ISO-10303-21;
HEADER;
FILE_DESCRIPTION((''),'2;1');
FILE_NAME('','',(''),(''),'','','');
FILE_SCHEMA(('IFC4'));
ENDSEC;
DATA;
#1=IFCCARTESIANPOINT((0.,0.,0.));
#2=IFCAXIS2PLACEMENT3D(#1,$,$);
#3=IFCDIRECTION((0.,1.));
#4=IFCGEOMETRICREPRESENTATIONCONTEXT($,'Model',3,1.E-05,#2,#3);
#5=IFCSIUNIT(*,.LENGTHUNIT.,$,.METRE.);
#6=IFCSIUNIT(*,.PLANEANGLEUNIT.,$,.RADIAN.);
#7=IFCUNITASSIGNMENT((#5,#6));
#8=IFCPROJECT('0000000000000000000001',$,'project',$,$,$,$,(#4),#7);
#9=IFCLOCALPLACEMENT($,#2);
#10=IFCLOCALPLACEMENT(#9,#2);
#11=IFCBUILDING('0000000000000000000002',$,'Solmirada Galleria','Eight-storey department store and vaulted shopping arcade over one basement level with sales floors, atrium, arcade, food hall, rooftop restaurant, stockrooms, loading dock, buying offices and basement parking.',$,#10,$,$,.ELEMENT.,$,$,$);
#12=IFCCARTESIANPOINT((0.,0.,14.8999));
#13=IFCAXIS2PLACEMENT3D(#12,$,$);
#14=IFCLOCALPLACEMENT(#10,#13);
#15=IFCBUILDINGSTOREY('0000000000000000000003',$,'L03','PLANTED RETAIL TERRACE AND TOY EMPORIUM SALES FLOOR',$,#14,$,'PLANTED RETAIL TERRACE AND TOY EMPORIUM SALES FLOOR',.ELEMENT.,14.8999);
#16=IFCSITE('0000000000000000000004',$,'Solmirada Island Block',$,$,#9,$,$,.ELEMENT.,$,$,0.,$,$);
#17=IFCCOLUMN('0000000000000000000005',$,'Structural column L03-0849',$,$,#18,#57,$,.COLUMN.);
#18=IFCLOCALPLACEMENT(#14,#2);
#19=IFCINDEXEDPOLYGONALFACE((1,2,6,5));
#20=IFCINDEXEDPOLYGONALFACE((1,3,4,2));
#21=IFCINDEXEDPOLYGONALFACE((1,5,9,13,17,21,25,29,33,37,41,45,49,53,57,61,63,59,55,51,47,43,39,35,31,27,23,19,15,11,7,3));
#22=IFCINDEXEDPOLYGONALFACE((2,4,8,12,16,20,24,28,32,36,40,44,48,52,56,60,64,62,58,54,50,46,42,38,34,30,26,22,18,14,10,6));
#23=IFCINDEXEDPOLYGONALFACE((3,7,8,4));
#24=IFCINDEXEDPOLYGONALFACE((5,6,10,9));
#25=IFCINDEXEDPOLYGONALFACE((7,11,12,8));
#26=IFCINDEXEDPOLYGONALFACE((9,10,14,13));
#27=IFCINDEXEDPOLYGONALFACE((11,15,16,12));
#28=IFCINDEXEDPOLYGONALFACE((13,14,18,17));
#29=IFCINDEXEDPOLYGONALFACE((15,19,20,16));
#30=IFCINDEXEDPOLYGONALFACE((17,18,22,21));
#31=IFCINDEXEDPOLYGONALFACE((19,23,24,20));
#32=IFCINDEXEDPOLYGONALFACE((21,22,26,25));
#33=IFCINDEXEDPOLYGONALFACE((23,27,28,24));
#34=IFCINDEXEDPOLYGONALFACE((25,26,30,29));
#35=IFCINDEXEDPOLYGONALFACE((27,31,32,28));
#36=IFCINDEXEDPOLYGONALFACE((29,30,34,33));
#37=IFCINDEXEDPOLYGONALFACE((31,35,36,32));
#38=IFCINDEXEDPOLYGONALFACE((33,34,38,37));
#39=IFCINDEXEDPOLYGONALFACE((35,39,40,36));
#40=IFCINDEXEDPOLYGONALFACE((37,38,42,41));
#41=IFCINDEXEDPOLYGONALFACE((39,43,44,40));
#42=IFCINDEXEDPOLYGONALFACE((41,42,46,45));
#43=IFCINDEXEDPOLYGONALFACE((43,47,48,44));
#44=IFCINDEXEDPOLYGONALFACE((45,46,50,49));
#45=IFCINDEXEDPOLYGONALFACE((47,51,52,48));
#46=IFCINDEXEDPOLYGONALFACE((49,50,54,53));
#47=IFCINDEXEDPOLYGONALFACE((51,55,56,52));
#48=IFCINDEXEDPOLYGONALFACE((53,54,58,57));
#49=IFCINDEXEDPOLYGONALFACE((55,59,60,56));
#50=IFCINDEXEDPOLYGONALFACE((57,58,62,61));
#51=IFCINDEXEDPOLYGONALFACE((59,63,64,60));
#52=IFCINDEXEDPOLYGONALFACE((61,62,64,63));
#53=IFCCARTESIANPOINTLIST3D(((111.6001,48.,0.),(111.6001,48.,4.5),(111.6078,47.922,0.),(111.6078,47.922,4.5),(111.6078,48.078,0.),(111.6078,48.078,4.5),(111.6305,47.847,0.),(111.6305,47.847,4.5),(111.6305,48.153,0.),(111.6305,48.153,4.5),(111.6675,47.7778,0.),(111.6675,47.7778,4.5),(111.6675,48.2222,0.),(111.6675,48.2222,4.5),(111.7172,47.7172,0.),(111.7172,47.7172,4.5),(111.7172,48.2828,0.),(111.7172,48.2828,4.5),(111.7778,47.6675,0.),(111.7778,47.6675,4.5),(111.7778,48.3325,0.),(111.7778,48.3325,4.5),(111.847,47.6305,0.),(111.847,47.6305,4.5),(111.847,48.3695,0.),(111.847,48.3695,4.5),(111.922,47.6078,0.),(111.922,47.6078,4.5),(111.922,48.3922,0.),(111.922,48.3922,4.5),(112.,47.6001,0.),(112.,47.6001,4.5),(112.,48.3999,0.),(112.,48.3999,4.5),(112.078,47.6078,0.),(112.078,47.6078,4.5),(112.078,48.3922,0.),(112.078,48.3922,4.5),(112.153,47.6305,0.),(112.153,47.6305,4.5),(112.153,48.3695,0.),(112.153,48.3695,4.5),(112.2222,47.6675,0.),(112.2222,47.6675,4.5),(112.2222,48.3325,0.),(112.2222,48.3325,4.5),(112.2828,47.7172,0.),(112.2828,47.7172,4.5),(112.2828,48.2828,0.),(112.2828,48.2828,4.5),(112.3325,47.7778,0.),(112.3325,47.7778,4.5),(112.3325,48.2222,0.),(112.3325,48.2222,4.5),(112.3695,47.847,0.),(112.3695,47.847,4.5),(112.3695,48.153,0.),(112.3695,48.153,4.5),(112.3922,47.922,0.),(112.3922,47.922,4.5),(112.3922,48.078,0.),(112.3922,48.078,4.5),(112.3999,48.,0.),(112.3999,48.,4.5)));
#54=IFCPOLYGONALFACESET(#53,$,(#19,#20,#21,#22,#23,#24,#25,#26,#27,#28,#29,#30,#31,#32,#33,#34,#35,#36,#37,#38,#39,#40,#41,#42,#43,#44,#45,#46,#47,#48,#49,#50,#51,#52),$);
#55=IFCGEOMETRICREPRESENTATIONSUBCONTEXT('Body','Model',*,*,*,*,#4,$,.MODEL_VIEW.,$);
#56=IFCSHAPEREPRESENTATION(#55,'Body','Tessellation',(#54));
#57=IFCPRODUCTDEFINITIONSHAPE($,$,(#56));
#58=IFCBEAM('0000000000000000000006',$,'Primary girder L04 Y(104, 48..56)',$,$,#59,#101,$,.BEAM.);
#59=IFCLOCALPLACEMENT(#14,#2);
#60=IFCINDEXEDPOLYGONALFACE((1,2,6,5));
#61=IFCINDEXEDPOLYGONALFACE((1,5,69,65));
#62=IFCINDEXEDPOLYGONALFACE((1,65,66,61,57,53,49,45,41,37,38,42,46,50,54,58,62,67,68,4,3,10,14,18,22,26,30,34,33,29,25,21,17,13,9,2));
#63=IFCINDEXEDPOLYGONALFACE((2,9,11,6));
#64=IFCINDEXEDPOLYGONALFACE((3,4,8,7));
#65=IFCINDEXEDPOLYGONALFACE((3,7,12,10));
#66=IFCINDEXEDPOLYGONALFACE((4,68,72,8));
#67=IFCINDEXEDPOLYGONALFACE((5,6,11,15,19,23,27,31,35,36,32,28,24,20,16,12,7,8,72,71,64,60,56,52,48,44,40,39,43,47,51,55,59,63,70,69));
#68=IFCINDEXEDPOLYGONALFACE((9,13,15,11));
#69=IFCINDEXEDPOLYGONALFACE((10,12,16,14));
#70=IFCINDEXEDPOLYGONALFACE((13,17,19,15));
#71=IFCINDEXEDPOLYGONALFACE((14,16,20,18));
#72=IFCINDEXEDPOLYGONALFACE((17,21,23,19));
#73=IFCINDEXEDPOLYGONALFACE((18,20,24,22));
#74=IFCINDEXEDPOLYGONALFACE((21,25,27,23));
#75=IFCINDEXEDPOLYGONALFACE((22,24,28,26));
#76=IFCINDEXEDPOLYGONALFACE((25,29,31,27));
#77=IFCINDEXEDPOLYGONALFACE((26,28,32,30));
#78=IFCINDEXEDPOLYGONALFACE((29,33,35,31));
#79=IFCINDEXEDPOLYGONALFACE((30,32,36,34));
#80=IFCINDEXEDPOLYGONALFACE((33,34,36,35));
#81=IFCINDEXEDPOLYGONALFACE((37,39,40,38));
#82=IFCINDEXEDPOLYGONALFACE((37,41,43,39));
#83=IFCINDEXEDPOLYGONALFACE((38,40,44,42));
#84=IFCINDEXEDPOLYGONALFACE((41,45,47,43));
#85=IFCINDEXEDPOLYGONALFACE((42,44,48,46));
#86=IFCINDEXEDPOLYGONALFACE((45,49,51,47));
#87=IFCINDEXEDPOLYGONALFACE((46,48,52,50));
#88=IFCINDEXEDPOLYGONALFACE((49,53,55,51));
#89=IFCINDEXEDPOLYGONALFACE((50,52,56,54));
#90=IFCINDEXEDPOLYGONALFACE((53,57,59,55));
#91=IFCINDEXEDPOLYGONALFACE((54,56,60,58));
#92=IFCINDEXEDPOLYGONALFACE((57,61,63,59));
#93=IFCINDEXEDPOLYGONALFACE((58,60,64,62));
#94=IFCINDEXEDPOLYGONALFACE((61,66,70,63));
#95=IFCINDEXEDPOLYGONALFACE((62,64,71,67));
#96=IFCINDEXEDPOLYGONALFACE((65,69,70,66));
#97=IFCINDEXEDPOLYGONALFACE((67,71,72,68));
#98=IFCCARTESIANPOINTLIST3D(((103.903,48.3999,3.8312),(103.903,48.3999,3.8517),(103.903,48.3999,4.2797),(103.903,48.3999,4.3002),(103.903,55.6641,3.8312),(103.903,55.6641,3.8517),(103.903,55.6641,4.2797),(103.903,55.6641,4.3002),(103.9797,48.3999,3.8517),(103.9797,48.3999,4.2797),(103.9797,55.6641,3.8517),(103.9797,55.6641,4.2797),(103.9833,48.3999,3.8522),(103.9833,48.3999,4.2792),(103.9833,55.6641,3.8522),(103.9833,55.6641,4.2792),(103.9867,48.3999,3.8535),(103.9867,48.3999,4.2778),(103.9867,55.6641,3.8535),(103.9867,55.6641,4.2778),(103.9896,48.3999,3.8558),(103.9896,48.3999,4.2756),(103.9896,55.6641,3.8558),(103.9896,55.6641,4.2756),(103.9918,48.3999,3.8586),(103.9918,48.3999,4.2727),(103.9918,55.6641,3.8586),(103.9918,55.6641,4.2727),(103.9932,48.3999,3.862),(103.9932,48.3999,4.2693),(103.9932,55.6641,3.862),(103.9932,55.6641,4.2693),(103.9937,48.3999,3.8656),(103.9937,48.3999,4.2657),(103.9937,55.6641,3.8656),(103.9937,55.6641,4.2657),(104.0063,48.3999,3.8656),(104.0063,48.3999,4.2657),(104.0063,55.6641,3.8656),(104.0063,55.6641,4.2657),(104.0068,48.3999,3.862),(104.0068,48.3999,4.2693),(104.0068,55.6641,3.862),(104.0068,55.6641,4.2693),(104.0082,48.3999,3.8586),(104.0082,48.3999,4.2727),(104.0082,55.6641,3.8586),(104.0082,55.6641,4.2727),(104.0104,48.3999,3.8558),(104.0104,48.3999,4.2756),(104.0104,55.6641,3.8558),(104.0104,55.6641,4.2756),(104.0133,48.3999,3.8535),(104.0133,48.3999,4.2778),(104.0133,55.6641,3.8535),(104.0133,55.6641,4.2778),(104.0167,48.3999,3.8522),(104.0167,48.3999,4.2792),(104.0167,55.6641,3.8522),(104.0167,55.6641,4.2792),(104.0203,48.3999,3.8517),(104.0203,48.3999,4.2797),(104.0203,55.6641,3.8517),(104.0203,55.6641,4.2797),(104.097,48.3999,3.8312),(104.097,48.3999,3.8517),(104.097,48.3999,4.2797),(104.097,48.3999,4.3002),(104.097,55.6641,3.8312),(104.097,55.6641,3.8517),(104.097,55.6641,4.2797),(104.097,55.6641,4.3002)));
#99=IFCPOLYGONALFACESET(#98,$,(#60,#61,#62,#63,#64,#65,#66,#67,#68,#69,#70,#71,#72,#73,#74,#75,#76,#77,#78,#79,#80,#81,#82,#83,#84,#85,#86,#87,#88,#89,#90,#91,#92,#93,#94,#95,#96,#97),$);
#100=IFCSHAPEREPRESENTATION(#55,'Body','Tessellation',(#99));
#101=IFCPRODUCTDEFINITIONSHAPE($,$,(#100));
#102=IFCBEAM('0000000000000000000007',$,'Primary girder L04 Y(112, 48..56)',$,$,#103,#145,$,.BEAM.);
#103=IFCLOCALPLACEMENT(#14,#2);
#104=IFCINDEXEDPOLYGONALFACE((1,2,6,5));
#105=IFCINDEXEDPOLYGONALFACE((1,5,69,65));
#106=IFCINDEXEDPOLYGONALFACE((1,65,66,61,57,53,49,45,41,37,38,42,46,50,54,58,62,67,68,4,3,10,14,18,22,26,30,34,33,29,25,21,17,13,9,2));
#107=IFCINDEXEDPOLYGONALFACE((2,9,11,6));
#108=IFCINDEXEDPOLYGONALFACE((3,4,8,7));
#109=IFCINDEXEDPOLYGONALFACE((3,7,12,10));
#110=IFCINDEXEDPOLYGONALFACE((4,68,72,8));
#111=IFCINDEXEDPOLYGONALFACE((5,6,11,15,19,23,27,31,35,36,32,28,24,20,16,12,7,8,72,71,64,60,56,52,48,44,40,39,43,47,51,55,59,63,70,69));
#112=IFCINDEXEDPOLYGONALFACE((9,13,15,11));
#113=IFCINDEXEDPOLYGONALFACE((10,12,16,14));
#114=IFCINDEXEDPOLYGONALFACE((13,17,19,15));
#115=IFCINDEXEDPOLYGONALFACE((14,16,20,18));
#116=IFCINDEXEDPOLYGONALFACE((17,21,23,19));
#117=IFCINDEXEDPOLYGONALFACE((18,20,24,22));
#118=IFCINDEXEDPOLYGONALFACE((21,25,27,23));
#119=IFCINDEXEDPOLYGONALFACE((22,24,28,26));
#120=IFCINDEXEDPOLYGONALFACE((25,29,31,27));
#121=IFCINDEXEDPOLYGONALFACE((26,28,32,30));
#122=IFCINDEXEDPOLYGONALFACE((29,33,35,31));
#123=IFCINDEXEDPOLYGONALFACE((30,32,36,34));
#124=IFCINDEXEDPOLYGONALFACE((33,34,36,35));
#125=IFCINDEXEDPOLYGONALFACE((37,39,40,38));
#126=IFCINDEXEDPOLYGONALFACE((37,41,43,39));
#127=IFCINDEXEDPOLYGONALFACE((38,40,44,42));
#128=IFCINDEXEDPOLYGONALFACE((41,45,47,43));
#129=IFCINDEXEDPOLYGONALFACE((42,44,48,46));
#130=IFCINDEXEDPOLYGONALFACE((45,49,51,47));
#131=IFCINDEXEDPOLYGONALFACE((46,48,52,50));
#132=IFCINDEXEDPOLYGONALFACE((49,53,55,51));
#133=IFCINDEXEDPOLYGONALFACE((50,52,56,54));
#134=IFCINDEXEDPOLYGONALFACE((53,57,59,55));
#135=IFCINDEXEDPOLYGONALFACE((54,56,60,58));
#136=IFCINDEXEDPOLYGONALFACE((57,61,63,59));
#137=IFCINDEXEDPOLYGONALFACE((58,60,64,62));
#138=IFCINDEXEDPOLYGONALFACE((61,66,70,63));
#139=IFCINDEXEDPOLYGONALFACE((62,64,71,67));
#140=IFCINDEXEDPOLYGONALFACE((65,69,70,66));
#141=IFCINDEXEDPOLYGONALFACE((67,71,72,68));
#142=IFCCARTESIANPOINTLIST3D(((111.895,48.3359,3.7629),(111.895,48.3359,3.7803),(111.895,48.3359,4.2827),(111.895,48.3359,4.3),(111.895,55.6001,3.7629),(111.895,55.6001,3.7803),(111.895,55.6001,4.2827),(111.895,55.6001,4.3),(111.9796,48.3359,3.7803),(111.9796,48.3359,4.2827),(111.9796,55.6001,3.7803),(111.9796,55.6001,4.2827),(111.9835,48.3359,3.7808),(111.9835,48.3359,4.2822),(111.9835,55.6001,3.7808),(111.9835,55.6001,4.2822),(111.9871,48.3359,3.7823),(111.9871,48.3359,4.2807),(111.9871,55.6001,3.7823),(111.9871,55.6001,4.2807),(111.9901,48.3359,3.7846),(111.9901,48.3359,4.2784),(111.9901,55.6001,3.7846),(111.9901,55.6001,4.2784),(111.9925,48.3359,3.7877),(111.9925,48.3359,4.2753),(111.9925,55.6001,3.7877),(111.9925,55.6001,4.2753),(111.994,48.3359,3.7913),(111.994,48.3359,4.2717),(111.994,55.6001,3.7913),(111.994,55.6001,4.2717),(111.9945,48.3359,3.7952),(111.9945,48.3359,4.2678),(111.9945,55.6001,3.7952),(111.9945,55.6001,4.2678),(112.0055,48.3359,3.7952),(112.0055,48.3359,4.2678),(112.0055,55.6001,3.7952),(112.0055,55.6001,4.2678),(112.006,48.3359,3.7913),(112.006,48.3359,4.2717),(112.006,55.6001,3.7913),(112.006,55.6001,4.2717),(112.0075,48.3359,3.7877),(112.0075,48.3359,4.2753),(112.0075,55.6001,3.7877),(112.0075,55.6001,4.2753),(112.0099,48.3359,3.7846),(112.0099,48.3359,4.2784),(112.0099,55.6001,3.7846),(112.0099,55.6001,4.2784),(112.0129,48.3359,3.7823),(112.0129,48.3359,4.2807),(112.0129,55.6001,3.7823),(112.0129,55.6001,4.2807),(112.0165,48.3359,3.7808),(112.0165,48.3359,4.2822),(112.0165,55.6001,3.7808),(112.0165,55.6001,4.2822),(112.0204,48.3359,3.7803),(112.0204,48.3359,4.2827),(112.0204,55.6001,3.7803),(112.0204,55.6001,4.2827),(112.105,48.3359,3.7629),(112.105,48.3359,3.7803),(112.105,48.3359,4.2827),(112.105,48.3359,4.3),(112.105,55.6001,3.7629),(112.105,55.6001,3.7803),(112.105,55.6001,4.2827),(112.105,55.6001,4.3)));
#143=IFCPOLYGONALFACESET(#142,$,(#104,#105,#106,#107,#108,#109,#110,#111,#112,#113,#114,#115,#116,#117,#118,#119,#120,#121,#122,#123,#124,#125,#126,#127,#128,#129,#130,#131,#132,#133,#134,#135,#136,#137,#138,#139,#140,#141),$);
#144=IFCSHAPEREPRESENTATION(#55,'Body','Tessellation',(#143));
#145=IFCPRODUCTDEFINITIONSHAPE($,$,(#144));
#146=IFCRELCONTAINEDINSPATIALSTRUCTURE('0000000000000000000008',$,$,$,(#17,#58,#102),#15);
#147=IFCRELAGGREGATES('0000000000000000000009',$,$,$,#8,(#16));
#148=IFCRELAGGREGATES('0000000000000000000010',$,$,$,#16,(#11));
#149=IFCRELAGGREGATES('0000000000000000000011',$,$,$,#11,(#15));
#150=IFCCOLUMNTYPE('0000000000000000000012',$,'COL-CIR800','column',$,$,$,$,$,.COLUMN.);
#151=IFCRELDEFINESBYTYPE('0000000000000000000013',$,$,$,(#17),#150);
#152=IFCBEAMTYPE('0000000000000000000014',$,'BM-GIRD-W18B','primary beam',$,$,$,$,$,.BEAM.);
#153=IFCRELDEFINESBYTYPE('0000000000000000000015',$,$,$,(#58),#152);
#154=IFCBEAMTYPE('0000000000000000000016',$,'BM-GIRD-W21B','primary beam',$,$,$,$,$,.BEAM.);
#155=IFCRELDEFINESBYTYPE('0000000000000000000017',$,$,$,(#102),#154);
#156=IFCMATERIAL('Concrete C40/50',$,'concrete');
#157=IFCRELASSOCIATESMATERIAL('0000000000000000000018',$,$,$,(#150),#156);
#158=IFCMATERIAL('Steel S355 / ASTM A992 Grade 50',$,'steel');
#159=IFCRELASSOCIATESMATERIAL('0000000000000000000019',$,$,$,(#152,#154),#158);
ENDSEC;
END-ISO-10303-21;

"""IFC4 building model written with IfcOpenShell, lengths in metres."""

from ifc_helpers import new_model, si_unit, direction, frame, origin, origin_2d, place, context, subcontext, project, spatial, circle, i_section, extrude, material, material_profile, profile_set, type_object, element, save


model = new_model("IFC4")

# Units and contexts
model_context = context("Model", 3, precision=1e-05, world=origin(), true_north=direction((0.0, 1.0)))
body_context = subcontext(model_context, "Body", "Model", "MODEL_VIEW")
ifc_project = project(units=[si_unit("LENGTHUNIT", "METRE"), si_unit("PLANEANGLEUNIT", "RADIAN")], contexts=[model_context])

# Site, building, storey
site_placement = place(None, origin())
site = spatial("IfcSite", under=ifc_project, at=site_placement, Name="Solmirada Island Block", CompositionType="ELEMENT", RefElevation=0.0)
building_placement = place(site_placement, origin())
building = spatial("IfcBuilding", under=site, at=building_placement, Name="Solmirada Galleria", Description="Eight-storey department store and vaulted shopping arcade over one basement level with sales floors, atrium, arcade, food hall, rooftop restaurant, stockrooms, loading dock, buying offices and basement parking.", CompositionType="ELEMENT")
storey_placement = place(building_placement, frame((0.0, 0.0, 14.8999)))
storey = spatial("IfcBuildingStorey", under=building, at=storey_placement, Name="L03", Description="PLANTED RETAIL TERRACE AND TOY EMPORIUM SALES FLOOR", LongName="PLANTED RETAIL TERRACE AND TOY EMPORIUM SALES FLOOR", CompositionType="ELEMENT", Elevation=14.8999)

# Column
ifc_material_1 = material(Name="Concrete C40/50", Category="concrete")
ifc_material_profile_1 = material_profile(ifc_material_1, circle(Radius=0.3999, at=origin_2d()), Name="RCCOL800")
ifc_profile_set_1 = profile_set([ifc_material_profile_1], Name="Concrete C40/50")
column_type = type_object("IfcColumnType", Name="COL-CIR800", Description="column", PredefinedType="COLUMN", material=ifc_profile_set_1)
column_placement = place(storey_placement, frame((112.0, 48.0, 0.0), z_axis=(0.0, 0.0, 1.0), x_axis=(1.0, 0.0, 0.0)))
element("IfcColumn", 1, at=column_placement, inside=storey, type_object=column_type, Name="Structural column L03-0849", PredefinedType="COLUMN", context=body_context, shape_type="SweptSolid", body=[
    extrude(circle(Radius=0.3999, at=origin_2d()), origin(), (0.0, 0.0, 1.0), 4.5),
])

# Beams
ifc_material_2 = material(Name="Steel S355 / ASTM A992 Grade 50", Category="steel")
ifc_material_profile_2 = material_profile(ifc_material_2, i_section(OverallWidth=0.1941, OverallDepth=0.469, WebThickness=0.0127, FlangeThickness=0.0205, FilletRadius=0.0139, at=origin_2d()), Name="W18X71")
ifc_profile_set_2 = profile_set([ifc_material_profile_2], Name="Steel S355 / ASTM A992 Grade 50")
beam_type_1 = type_object("IfcBeamType", Name="BM-GIRD-W18B", Description="primary beam", PredefinedType="BEAM", material=ifc_profile_set_2)
beam_1_placement = place(storey_placement, frame((104.0, 48.3999, 4.0657), z_axis=(0.0, 1.0, 0.0), x_axis=(-1.0, 0.0, 0.0)))
element("IfcBeam", 2, at=beam_1_placement, inside=storey, type_object=beam_type_1, Name="Primary girder L04 Y(104, 48..56)", PredefinedType="BEAM", context=body_context, shape_type="SweptSolid", body=[
    extrude(i_section(OverallWidth=0.1941, OverallDepth=0.469, WebThickness=0.0127, FlangeThickness=0.0205, FilletRadius=0.0139, at=origin_2d()), origin(), (0.0, 0.0, 1.0), 7.2642),
])
ifc_material_profile_3 = material_profile(ifc_material_2, i_section(OverallWidth=0.21, OverallDepth=0.5371, WebThickness=0.011, FlangeThickness=0.0173, FilletRadius=0.0149, at=origin_2d()), Name="W21X68")
ifc_profile_set_3 = profile_set([ifc_material_profile_3], Name="Steel S355 / ASTM A992 Grade 50")
beam_type_2 = type_object("IfcBeamType", Name="BM-GIRD-W21B", Description="primary beam", PredefinedType="BEAM", material=ifc_profile_set_3)
beam_2_placement = place(storey_placement, frame((112.0, 48.3359, 4.0315), z_axis=(0.0, 1.0, 0.0), x_axis=(-1.0, 0.0, 0.0)))
element("IfcBeam", 3, at=beam_2_placement, inside=storey, type_object=beam_type_2, Name="Primary girder L04 Y(112, 48..56)", PredefinedType="BEAM", context=body_context, shape_type="SweptSolid", body=[
    extrude(i_section(OverallWidth=0.21, OverallDepth=0.5371, WebThickness=0.011, FlangeThickness=0.0173, FilletRadius=0.0149, at=origin_2d()), origin(), (0.0, 0.0, 1.0), 7.2642),
])

save(model, "model.ifc")
